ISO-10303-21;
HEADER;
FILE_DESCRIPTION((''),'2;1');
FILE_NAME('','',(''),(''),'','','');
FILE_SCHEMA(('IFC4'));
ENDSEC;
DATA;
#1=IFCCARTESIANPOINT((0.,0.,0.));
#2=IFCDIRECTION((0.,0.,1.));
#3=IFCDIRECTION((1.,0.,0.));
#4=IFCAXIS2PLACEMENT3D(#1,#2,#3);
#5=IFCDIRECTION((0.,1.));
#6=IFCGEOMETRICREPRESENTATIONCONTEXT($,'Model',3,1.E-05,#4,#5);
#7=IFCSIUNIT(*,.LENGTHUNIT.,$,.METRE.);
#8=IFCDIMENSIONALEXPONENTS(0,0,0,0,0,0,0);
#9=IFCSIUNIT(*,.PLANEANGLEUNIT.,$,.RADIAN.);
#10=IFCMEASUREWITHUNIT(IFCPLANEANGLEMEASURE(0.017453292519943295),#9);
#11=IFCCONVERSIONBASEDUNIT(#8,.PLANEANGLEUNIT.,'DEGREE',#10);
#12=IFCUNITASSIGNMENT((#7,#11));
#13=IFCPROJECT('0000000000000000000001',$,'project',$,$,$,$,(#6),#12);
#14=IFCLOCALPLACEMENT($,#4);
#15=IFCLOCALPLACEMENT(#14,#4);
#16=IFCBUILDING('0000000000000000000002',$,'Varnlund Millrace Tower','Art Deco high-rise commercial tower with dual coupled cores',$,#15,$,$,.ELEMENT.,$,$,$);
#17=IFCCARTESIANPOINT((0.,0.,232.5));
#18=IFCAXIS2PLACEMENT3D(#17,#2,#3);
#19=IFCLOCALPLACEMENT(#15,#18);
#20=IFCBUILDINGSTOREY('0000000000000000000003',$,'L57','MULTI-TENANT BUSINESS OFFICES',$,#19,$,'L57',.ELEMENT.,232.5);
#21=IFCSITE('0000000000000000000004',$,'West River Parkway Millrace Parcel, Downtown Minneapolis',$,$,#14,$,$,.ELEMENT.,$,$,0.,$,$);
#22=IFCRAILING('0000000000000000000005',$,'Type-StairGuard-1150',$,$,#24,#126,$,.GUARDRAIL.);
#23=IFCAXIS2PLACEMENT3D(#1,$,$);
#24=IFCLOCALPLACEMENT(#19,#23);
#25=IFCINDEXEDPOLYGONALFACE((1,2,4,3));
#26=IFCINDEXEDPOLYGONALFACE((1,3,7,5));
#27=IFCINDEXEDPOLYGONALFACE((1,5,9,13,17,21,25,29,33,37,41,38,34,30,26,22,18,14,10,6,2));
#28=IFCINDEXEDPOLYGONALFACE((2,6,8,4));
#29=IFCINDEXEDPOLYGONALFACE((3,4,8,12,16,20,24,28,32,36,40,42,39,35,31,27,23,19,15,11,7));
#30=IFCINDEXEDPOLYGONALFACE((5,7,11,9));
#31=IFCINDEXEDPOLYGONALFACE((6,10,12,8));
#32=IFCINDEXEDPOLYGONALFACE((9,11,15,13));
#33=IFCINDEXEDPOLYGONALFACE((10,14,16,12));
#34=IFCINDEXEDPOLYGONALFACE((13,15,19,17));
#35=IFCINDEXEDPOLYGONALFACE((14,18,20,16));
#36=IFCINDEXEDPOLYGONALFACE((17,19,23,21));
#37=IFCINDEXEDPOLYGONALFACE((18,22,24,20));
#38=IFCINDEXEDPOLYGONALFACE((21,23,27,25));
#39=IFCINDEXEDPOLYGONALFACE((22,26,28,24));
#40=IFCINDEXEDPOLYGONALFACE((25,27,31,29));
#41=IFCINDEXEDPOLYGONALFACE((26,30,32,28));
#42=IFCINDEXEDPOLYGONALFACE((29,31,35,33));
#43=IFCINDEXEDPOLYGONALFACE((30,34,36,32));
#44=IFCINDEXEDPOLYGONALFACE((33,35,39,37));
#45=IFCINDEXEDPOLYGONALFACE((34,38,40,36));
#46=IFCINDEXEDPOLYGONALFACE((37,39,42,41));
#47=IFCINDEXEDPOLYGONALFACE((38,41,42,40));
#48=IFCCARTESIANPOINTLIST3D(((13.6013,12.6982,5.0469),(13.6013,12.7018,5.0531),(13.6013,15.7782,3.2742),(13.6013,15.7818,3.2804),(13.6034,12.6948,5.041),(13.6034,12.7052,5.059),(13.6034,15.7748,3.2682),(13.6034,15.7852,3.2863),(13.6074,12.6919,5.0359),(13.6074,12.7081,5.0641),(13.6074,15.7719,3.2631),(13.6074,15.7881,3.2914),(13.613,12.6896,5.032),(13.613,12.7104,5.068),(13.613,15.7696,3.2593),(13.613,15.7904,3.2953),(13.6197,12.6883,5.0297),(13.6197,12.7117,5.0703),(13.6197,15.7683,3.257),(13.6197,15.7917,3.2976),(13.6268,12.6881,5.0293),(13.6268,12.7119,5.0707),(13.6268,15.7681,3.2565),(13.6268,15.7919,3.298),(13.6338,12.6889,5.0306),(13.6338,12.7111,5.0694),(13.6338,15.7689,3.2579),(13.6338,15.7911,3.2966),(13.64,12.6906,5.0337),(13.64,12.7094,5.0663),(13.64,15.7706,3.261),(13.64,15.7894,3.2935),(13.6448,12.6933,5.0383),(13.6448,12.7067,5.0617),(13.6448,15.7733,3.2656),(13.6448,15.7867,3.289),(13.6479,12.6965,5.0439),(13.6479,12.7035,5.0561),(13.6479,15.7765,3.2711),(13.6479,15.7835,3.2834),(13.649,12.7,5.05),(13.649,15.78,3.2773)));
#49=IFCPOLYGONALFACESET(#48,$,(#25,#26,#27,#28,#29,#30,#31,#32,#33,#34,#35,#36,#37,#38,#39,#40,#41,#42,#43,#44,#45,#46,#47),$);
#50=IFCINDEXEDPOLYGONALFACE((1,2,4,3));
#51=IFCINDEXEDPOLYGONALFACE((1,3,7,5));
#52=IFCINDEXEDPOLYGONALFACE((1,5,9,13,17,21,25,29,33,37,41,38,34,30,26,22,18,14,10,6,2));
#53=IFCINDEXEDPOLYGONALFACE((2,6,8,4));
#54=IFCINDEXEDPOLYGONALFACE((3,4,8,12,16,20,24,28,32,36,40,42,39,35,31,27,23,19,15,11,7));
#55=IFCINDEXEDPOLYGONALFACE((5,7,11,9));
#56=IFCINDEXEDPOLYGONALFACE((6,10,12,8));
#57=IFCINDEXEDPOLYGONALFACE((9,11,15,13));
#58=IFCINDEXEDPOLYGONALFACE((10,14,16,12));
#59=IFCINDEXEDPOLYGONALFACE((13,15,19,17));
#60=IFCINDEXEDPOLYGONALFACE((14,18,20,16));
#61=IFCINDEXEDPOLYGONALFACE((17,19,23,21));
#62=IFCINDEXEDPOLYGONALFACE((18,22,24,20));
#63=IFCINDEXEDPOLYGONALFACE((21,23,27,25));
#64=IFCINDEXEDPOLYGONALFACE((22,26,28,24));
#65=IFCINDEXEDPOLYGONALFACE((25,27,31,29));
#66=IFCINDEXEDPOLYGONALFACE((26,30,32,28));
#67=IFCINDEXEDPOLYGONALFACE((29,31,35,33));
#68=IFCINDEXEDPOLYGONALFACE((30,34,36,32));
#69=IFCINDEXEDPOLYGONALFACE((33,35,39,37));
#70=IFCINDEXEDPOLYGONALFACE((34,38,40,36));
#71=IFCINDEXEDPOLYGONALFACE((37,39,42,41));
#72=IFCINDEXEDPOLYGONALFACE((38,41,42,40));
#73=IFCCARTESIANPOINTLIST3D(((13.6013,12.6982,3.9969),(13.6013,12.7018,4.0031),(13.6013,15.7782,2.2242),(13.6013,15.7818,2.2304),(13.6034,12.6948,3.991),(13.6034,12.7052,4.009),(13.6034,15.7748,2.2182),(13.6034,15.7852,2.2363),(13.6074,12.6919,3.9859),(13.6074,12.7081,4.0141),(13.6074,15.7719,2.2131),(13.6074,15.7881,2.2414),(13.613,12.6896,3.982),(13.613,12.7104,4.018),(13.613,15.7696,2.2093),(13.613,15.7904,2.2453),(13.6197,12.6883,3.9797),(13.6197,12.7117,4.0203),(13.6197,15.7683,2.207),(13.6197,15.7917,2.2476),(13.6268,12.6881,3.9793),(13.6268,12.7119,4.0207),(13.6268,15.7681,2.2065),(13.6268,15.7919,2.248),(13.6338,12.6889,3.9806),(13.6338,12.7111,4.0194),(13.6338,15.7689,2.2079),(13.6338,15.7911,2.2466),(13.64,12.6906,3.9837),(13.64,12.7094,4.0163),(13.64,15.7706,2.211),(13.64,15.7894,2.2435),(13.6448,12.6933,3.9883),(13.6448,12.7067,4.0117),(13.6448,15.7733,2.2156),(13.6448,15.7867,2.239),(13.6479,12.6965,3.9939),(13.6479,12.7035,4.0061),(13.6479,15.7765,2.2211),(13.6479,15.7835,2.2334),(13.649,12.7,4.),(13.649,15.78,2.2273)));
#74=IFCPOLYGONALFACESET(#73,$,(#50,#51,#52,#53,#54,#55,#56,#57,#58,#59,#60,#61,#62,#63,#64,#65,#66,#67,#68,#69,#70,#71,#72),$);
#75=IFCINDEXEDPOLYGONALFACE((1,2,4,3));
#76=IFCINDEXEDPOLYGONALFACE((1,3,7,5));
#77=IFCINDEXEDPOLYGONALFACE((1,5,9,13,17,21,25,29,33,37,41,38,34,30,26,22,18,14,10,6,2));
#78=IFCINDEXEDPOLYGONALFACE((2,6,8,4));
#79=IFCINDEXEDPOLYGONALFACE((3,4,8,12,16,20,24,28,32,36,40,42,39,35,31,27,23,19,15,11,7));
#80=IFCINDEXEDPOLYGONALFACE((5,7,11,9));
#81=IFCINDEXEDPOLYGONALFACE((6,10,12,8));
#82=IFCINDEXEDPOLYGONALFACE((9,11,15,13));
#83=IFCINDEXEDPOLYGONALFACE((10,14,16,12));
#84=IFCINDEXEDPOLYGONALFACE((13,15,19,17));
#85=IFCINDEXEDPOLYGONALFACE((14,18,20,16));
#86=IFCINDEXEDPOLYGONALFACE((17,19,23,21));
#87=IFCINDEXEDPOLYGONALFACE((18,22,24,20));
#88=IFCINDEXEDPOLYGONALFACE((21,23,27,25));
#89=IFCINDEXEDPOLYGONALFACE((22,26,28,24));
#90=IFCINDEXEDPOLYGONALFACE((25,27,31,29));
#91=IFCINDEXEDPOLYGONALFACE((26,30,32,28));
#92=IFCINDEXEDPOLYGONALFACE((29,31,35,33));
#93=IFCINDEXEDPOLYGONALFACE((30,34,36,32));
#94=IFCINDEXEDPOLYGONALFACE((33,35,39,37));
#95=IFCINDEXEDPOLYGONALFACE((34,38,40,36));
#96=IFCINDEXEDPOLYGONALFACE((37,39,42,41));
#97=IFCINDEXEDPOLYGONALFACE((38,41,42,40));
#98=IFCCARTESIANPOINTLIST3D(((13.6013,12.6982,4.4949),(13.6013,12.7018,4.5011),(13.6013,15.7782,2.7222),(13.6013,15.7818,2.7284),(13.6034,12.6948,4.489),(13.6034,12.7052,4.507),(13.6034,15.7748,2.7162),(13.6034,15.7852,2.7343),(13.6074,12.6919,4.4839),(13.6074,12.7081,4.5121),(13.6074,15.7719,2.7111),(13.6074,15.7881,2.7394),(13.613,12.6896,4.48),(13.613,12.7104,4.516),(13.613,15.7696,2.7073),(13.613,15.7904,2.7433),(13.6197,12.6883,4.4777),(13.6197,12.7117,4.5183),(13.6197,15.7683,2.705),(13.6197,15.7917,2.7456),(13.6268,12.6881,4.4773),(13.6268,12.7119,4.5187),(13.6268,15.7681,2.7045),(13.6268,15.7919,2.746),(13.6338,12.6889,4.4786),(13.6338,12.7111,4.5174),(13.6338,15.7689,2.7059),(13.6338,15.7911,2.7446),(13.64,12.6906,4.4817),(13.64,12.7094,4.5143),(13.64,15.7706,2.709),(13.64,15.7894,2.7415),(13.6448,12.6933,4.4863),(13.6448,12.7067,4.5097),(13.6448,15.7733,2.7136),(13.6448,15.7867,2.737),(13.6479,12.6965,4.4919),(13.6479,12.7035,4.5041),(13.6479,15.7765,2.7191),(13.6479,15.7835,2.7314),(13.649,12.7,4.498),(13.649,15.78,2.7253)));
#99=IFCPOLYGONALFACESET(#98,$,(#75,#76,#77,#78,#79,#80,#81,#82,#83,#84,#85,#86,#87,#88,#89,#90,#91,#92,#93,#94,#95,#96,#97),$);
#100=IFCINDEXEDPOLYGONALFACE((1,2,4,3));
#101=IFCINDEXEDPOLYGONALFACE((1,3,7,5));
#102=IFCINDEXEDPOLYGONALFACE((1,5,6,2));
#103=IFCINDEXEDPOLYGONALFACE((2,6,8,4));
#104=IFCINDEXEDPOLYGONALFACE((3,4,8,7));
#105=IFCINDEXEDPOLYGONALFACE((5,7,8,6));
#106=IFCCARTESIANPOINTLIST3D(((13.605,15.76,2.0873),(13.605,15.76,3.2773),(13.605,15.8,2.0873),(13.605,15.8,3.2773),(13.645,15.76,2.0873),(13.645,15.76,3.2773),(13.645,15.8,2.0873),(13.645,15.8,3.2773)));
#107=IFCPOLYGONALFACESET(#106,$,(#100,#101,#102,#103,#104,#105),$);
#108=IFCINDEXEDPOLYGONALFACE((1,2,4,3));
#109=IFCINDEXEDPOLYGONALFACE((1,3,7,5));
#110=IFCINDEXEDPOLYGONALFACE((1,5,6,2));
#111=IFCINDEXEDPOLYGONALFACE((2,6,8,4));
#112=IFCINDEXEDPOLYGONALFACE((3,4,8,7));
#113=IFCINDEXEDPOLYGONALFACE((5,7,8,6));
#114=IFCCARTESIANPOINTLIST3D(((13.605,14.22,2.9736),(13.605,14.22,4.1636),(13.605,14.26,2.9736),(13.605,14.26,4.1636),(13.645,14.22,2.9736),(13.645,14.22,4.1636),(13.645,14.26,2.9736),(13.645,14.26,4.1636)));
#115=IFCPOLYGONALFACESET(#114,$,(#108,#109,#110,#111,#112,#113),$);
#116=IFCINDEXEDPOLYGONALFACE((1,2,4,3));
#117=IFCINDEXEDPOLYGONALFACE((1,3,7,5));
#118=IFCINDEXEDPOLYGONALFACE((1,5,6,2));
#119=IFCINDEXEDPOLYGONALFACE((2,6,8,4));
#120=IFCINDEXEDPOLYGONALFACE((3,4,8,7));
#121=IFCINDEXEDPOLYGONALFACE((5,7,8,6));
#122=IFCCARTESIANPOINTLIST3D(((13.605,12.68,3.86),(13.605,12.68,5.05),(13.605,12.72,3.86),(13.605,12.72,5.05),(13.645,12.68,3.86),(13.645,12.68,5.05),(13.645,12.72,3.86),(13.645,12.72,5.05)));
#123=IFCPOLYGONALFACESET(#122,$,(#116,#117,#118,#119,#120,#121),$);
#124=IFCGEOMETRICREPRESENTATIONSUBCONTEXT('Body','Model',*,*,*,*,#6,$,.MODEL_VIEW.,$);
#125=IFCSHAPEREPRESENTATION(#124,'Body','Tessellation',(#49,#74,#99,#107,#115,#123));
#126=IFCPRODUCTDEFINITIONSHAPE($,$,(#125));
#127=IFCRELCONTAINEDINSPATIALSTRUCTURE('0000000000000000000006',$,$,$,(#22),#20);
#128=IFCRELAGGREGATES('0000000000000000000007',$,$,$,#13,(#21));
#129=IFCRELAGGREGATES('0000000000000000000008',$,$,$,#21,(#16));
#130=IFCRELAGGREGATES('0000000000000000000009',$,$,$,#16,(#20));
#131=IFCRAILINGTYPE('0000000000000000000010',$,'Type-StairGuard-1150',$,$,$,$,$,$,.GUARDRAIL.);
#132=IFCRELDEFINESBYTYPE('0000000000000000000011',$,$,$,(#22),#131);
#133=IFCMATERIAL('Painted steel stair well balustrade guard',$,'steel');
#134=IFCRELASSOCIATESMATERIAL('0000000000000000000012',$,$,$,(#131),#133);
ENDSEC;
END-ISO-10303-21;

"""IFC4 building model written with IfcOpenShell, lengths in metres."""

from ifc_helpers import new_model, entity, si_unit, converted_unit, direction, frame, origin_with_axes, origin_2d_with_axis, place, context, subcontext, project, spatial, rectangle, circle, extrude, material, type_object, element, save


model = new_model("IFC4")

# Units and contexts
model_context = context("Model", 3, precision=1e-05, world=origin_with_axes(), true_north=direction((0.0, 1.0)))
body_context = subcontext(model_context, "Body", "Model", "MODEL_VIEW")
ifc_project = project(units=[si_unit("LENGTHUNIT", "METRE"), converted_unit("PLANEANGLEUNIT", "DEGREE", entity("IfcPlaneAngleMeasure", 0.017453292519943295), si_unit("PLANEANGLEUNIT", "RADIAN"), dimensions=[0, 0, 0, 0, 0, 0, 0])], contexts=[model_context])

# Site, building, storey
site_placement = place(None, origin_with_axes())
site = spatial("IfcSite", under=ifc_project, at=site_placement, Name="West River Parkway Millrace Parcel, Downtown Minneapolis", CompositionType="ELEMENT", RefElevation=0.0)
building_placement = place(site_placement, origin_with_axes())
building = spatial("IfcBuilding", under=site, at=building_placement, Name="Varnlund Millrace Tower", Description="Art Deco high-rise commercial tower with dual coupled cores", CompositionType="ELEMENT")
storey_placement = place(building_placement, frame((0.0, 0.0, 232.5), z_axis=(0.0, 0.0, 1.0), x_axis=(1.0, 0.0, 0.0)))
storey = spatial("IfcBuildingStorey", under=building, at=storey_placement, Name="L57", Description="MULTI-TENANT BUSINESS OFFICES", LongName="L57", CompositionType="ELEMENT", Elevation=232.5)

# Railing
ifc_material_1 = material(Name="Painted steel stair well balustrade guard", Category="steel")
railing_type_1 = type_object("IfcRailingType", Name="Type-StairGuard-1150", PredefinedType="GUARDRAIL", material=ifc_material_1)
railing_1_placement = place(storey_placement, frame((0.0, 0.0, -232.5), z_axis=(0.0, 0.0, 1.0), x_axis=(1.0, 0.0, 0.0)))
element("IfcRailing", 1, at=railing_1_placement, inside=storey, type_object=railing_type_1, Name="Type-StairGuard-1150", PredefinedType="GUARDRAIL", context=body_context, shape_type="SweptSolid", body=[
    extrude(circle(Radius=0.024, at=origin_2d_with_axis()), frame((13.625, 15.78, 235.7773), z_axis=(0.0, -0.866696, 0.498836), x_axis=(1.0, 0.0, 0.0)), (0.0, 0.0, 1.0), 3.5537),
    extrude(circle(Radius=0.024, at=origin_2d_with_axis()), frame((13.625, 15.78, 234.7273), z_axis=(0.0, -0.866696, 0.498836), x_axis=(1.0, 0.0, 0.0)), (0.0, 0.0, 1.0), 3.5537),
    extrude(circle(Radius=0.024, at=origin_2d_with_axis()), frame((13.625, 15.78, 235.2253), z_axis=(0.0, -0.866696, 0.498836), x_axis=(1.0, 0.0, 0.0)), (0.0, 0.0, 1.0), 3.5537),
    extrude(rectangle(XDim=0.04, YDim=0.04, at=origin_2d_with_axis()), frame((13.625, 15.78, 234.5873), z_axis=(0.0, 0.0, 1.0), x_axis=(1.0, 0.0, 0.0)), (0.0, 0.0, 1.0), 1.19),
    extrude(rectangle(XDim=0.04, YDim=0.04, at=origin_2d_with_axis()), frame((13.625, 14.24, 235.4736), z_axis=(0.0, 0.0, 1.0), x_axis=(1.0, 0.0, 0.0)), (0.0, 0.0, 1.0), 1.19),
    extrude(rectangle(XDim=0.04, YDim=0.04, at=origin_2d_with_axis()), frame((13.625, 12.7, 236.36), z_axis=(0.0, 0.0, 1.0), x_axis=(1.0, 0.0, 0.0)), (0.0, 0.0, 1.0), 1.19),
])

save(model, "model.ifc")
